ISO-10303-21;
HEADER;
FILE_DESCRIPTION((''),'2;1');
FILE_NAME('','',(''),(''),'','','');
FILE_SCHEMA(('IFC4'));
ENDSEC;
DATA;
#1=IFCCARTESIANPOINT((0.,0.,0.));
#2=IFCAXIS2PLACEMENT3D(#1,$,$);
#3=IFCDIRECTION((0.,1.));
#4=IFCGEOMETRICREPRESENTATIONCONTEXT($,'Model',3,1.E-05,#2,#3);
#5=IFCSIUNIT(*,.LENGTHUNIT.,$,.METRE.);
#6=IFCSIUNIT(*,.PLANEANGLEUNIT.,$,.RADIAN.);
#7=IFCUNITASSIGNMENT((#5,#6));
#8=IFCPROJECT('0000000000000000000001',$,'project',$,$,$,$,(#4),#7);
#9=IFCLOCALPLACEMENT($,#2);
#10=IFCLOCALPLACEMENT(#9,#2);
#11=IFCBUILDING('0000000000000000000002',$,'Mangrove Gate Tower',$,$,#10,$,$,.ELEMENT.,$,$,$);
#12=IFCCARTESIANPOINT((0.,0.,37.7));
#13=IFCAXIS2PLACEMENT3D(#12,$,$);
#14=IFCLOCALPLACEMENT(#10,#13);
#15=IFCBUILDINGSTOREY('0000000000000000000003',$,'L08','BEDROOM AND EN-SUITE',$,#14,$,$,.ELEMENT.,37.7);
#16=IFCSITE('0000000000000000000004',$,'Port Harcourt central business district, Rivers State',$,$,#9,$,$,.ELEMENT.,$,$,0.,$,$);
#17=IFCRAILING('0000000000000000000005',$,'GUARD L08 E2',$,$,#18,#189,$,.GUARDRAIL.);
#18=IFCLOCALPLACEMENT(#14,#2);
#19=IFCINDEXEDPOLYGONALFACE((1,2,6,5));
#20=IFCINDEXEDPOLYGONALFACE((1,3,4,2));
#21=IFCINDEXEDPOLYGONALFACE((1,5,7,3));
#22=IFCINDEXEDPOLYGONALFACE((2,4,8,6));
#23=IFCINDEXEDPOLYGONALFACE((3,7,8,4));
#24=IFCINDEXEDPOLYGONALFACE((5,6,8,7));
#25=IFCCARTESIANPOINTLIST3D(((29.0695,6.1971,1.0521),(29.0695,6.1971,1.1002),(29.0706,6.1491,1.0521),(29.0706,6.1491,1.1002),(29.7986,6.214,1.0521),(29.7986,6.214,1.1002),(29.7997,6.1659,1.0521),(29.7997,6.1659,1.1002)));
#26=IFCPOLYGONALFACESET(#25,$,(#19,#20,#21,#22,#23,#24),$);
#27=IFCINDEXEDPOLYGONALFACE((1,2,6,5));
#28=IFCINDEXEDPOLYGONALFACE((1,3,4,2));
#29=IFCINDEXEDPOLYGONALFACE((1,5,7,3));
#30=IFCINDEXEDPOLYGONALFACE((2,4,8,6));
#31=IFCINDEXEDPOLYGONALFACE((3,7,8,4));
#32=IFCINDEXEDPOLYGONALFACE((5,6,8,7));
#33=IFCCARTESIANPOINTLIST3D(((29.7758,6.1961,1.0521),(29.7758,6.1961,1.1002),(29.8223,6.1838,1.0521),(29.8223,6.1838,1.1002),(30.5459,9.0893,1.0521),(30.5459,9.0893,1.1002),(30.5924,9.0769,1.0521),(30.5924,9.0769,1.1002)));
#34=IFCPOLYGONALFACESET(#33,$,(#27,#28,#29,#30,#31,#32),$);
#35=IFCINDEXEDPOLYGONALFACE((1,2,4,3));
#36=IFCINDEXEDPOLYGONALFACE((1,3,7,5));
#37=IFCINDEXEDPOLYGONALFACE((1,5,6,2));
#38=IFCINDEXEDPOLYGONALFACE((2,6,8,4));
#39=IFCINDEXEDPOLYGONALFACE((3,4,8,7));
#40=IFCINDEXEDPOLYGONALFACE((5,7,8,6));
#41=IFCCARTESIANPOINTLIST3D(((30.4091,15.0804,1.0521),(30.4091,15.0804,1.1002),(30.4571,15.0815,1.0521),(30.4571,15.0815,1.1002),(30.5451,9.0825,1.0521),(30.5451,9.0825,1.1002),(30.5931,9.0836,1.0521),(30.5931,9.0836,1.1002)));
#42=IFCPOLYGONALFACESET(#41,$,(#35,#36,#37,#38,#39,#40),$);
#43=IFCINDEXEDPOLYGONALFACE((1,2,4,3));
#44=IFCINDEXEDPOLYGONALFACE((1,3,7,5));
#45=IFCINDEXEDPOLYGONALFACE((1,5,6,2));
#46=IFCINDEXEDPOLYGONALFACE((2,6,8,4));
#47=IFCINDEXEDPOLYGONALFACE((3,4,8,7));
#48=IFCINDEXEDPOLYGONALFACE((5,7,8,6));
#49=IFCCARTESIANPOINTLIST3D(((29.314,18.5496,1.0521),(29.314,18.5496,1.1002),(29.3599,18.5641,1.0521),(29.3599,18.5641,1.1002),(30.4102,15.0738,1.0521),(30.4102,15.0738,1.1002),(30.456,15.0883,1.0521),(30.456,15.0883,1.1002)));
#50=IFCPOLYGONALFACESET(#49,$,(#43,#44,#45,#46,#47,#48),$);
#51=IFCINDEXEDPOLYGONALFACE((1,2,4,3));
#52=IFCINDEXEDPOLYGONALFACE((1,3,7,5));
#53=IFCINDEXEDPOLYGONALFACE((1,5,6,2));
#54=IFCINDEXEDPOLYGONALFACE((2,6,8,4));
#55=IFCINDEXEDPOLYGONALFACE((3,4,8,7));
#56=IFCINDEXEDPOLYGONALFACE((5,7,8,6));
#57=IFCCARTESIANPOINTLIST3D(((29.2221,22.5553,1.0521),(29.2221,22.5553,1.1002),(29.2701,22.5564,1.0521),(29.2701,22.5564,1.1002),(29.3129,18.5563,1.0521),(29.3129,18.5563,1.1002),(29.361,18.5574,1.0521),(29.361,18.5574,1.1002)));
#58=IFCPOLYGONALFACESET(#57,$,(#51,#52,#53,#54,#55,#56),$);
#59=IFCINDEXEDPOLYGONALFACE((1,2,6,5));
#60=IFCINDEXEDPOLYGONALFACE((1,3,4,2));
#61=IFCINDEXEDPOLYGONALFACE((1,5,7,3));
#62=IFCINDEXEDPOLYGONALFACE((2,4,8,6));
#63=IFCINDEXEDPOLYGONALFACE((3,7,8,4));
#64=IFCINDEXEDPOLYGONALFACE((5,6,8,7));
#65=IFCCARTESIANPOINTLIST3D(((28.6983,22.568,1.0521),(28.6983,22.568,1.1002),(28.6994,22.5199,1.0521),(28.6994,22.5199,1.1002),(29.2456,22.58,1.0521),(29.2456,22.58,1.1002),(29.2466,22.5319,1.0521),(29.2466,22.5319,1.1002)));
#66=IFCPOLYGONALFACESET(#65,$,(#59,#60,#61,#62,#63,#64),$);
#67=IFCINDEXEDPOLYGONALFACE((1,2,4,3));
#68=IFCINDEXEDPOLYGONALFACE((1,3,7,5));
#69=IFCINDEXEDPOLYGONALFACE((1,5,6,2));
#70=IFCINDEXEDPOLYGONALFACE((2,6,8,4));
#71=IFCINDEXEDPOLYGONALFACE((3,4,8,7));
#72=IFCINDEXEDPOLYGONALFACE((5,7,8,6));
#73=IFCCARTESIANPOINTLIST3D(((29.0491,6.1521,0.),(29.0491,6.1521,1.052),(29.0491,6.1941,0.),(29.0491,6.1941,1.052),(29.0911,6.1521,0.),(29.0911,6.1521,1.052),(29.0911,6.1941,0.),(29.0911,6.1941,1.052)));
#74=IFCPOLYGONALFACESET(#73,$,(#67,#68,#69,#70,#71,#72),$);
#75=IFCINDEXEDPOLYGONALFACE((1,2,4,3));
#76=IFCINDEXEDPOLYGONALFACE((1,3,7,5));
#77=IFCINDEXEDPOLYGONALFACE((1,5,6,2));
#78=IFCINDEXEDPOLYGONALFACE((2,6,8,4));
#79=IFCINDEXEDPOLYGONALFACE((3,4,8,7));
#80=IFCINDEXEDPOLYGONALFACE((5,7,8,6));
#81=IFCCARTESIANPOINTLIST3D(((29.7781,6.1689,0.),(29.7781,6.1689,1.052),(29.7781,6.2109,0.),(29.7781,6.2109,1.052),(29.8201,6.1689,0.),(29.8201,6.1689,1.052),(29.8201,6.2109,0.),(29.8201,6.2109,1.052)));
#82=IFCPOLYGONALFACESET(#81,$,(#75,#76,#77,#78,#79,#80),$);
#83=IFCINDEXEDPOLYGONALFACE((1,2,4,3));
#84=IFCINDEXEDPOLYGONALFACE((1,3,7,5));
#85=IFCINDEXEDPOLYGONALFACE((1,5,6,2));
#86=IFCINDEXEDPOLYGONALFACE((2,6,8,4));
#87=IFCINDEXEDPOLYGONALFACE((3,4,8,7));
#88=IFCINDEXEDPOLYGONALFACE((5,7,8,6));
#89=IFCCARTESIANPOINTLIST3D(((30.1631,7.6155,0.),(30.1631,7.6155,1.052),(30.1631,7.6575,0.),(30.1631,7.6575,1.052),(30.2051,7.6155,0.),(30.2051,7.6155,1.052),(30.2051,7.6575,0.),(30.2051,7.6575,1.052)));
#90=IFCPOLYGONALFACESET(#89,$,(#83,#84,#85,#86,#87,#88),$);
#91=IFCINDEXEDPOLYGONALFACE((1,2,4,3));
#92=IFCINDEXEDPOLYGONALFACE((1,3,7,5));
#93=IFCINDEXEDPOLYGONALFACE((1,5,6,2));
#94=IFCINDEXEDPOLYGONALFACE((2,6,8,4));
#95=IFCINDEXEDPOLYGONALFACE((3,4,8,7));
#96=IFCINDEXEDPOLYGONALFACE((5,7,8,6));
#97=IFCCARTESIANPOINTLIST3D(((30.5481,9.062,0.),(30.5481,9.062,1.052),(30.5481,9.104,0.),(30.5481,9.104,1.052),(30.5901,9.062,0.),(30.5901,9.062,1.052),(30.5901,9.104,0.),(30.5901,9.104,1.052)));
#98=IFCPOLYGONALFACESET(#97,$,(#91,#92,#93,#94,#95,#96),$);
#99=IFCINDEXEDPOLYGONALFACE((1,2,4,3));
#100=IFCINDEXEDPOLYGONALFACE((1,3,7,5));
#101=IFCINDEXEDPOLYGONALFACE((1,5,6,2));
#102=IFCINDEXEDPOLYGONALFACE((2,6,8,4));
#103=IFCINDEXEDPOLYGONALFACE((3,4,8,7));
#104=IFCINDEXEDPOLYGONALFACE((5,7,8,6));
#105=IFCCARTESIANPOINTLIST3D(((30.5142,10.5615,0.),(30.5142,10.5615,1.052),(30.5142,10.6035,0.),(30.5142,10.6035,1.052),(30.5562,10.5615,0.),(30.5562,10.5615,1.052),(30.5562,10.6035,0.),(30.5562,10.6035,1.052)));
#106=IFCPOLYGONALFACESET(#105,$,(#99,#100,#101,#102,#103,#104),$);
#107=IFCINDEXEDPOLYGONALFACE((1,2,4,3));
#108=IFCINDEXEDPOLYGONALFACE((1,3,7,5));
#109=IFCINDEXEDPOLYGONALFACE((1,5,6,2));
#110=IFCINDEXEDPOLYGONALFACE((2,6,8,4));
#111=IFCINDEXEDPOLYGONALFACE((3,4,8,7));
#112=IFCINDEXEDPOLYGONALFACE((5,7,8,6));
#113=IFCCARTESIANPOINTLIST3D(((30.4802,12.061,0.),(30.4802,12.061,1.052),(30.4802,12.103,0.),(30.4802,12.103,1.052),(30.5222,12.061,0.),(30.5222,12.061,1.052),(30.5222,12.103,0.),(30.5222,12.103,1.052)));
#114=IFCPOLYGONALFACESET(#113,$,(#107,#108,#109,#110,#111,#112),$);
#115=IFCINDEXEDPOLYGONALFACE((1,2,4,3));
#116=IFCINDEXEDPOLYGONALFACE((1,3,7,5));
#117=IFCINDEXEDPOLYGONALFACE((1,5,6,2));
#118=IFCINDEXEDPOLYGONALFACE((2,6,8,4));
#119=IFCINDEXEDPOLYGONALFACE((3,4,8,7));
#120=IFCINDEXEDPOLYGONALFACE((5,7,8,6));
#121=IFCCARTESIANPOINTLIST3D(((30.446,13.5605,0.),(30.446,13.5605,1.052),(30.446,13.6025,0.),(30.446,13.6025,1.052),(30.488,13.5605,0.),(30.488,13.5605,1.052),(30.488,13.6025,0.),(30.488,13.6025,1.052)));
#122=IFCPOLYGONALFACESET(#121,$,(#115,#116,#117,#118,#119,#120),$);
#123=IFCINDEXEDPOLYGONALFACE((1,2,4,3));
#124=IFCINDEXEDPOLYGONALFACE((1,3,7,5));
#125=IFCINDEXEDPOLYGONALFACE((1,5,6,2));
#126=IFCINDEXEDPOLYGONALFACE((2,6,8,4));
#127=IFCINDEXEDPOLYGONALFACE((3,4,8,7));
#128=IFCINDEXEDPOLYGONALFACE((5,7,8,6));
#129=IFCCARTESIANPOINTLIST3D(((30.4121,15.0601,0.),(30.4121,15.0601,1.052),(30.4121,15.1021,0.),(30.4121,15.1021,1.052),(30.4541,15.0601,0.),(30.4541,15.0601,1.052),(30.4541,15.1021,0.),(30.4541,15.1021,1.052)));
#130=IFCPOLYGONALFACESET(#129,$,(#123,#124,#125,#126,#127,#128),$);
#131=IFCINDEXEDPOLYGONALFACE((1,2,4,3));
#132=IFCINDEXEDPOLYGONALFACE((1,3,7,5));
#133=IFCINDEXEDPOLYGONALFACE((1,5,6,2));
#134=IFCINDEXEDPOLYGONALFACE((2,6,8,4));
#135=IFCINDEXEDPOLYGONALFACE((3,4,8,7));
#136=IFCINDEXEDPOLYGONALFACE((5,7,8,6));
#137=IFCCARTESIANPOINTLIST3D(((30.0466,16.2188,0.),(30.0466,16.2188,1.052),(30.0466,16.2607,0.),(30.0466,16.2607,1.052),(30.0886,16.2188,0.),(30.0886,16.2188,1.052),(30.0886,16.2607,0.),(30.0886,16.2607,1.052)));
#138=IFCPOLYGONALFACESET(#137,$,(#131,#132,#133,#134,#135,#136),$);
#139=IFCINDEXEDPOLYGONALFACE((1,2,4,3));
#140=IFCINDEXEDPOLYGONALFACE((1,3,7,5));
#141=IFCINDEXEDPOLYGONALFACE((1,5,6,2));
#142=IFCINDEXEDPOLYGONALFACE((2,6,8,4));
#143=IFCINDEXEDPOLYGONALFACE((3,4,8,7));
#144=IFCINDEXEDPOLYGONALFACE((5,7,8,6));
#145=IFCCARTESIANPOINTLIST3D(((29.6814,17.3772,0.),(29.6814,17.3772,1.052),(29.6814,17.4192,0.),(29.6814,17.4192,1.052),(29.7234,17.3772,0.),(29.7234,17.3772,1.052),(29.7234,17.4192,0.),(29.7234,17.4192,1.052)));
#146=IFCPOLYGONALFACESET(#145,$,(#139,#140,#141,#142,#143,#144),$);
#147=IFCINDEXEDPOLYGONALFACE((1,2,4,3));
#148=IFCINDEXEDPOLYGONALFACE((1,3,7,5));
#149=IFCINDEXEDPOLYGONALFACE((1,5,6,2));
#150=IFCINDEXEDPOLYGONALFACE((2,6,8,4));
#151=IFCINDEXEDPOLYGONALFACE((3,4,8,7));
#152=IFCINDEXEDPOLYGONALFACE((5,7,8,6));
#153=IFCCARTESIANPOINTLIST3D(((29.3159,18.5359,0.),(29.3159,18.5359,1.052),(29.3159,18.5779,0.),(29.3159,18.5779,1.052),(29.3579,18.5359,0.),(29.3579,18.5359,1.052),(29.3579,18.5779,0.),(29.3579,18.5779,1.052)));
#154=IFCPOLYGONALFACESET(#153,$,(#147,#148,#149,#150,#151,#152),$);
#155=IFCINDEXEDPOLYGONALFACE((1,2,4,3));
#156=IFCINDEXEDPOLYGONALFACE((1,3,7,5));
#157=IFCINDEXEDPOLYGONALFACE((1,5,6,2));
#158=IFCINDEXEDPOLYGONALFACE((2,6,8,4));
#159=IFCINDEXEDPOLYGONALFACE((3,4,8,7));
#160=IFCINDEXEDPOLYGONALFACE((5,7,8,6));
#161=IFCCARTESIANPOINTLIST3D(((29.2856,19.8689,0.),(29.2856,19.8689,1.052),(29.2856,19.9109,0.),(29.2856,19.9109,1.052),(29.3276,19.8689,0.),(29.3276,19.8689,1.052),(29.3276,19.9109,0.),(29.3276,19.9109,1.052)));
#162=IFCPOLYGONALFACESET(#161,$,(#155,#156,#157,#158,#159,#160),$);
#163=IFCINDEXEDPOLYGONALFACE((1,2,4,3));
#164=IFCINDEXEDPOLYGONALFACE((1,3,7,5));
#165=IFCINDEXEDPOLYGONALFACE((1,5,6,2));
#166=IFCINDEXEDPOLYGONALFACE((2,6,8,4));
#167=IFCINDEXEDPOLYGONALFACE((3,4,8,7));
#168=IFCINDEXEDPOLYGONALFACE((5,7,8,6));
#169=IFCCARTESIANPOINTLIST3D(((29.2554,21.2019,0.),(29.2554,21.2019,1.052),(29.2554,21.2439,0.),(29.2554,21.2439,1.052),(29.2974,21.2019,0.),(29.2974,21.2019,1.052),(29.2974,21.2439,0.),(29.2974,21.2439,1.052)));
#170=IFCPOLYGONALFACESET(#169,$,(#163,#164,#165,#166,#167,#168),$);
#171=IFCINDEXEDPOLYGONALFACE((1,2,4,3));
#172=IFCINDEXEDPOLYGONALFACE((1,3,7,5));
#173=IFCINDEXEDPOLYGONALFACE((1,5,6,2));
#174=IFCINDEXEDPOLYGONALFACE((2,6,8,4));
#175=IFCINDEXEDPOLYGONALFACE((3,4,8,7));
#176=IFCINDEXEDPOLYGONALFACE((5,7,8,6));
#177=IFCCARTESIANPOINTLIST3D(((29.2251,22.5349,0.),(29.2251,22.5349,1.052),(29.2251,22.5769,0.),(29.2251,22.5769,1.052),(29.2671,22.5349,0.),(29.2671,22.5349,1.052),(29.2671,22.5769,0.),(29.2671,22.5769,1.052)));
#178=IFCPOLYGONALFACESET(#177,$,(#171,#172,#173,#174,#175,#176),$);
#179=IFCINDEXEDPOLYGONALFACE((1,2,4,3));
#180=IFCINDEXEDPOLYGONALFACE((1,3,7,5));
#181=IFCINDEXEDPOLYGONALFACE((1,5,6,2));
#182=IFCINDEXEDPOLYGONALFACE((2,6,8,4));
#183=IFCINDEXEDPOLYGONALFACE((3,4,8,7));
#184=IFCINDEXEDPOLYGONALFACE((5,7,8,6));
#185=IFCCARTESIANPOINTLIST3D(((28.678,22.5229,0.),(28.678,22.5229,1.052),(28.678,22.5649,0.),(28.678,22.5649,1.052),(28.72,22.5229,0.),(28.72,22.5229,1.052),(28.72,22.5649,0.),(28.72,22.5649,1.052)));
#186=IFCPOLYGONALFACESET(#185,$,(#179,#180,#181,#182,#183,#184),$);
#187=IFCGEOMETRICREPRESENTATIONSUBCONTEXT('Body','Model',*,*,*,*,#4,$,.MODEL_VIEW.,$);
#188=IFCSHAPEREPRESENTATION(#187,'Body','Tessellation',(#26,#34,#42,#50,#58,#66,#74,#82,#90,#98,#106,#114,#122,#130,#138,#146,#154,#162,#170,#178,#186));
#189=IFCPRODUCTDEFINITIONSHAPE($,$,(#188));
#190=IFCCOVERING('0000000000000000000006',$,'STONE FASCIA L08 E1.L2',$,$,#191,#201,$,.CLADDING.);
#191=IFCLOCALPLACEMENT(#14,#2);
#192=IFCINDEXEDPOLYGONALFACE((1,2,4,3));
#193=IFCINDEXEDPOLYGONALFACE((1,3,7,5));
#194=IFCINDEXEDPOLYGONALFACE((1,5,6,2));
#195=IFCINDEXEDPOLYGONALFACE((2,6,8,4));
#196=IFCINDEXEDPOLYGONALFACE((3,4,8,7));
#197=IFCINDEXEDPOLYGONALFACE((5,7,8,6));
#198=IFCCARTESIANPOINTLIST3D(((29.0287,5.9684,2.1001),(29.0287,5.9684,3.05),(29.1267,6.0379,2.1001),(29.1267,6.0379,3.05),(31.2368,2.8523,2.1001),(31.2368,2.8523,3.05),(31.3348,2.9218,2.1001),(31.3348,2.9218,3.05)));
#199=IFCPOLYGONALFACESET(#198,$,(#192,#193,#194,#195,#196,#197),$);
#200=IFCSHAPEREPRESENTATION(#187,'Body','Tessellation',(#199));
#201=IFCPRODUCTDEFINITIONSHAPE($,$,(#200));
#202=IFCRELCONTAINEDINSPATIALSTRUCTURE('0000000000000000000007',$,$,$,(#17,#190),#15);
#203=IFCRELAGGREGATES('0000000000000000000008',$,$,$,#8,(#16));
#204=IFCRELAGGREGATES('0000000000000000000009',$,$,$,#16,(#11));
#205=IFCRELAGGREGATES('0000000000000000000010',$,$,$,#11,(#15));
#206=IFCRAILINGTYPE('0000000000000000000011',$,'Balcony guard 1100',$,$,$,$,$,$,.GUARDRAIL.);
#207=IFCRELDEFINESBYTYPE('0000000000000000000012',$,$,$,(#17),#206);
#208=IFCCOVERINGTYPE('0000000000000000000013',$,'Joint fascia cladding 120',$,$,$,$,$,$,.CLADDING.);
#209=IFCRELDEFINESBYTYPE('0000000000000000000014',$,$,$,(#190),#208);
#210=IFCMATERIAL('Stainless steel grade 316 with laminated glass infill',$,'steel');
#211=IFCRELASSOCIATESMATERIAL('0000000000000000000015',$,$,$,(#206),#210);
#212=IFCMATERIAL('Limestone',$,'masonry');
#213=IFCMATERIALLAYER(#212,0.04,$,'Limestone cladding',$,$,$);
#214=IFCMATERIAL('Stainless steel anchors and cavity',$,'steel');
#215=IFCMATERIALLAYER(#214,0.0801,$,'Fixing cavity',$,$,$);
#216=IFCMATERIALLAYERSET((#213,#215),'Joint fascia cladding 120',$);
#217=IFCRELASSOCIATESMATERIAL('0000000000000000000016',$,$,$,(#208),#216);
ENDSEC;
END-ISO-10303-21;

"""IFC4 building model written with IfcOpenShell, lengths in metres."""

from ifc_helpers import new_model, si_unit, direction, frame, frame_2d, origin, origin_2d, place, context, subcontext, project, spatial, rectangle, extrude, material, layer, layer_set, type_object, element, save


model = new_model("IFC4")

# Units and contexts
model_context = context("Model", 3, precision=1e-05, world=origin(), true_north=direction((0.0, 1.0)))
body_context = subcontext(model_context, "Body", "Model", "MODEL_VIEW")
ifc_project = project(units=[si_unit("LENGTHUNIT", "METRE"), si_unit("PLANEANGLEUNIT", "RADIAN")], contexts=[model_context])

# Site, building, storey
site_placement = place(None, origin())
site = spatial("IfcSite", under=ifc_project, at=site_placement, Name="Port Harcourt central business district, Rivers State", CompositionType="ELEMENT", RefElevation=0.0)
building_placement = place(site_placement, origin())
building = spatial("IfcBuilding", under=site, at=building_placement, Name="Mangrove Gate Tower", CompositionType="ELEMENT")
storey_placement = place(building_placement, frame((0.0, 0.0, 37.7)))
storey = spatial("IfcBuildingStorey", under=building, at=storey_placement, Name="L08", Description="BEDROOM AND EN-SUITE", CompositionType="ELEMENT", Elevation=37.7)

# Shared definitions
ifc_material_1 = material(Name="Limestone", Category="masonry")

# Railing
ifc_material_2 = material(Name="Stainless steel grade 316 with laminated glass infill", Category="steel")
railing_type = type_object("IfcRailingType", Name="Balcony guard 1100", PredefinedType="GUARDRAIL", material=ifc_material_2)
railing_placement = place(storey_placement, frame((29.0701, 6.1731, 0.0)))
element("IfcRailing", 1, at=railing_placement, inside=storey, type_object=railing_type, Name="GUARD L08 E2", PredefinedType="GUARDRAIL", context=body_context, shape_type="SweptSolid", body=[
    extrude(rectangle(XDim=0.0481, YDim=0.0481, at=origin_2d()), frame((0.0, 0.0, 1.0762), z_axis=(0.999733, 0.023102, 0.0), x_axis=(-0.023102, 0.999733, 0.0)), (0.0, 0.0, 1.0), 0.7292),
    extrude(rectangle(XDim=0.0481, YDim=0.0481, at=origin_2d()), frame((0.729, 0.0168, 1.0762), z_axis=(0.257206, 0.966357, 0.0), x_axis=(-0.966357, 0.257206, 0.0)), (0.0, 0.0, 1.0), 2.9939),
    extrude(rectangle(XDim=0.0481, YDim=0.0481, at=origin_2d()), frame((1.499, 2.9099, 1.0762), z_axis=(-0.022666, 0.999743, 0.0), x_axis=(-0.999743, -0.022666, 0.0)), (0.0, 0.0, 1.0), 5.9995),
    extrude(rectangle(XDim=0.0481, YDim=0.0481, at=origin_2d()), frame((1.363, 8.908, 1.0762), z_axis=(-0.300772, 0.953696, 0.0), x_axis=(-0.953696, -0.300772, 0.0)), (0.0, 0.0, 1.0), 3.6445),
    extrude(rectangle(XDim=0.0481, YDim=0.0481, at=origin_2d()), frame((0.2668, 12.3838, 1.0762), z_axis=(-0.022705, 0.999742, 0.0), x_axis=(-0.999742, -0.022705, 0.0)), (0.0, 0.0, 1.0), 4.0),
    extrude(rectangle(XDim=0.0481, YDim=0.0481, at=origin_2d()), frame((0.176, 16.3828, 1.0762), z_axis=(-0.999761, -0.02186, 0.0), x_axis=(0.02186, -0.999761, 0.0)), (0.0, 0.0, 1.0), 0.5474),
    extrude(rectangle(XDim=0.042, YDim=0.042, at=origin_2d()), origin(), (0.0, 0.0, 1.0), 1.052),
    extrude(rectangle(XDim=0.042, YDim=0.042, at=origin_2d()), frame((0.729, 0.0168, 0.0)), (0.0, 0.0, 1.0), 1.052),
    extrude(rectangle(XDim=0.042, YDim=0.042, at=origin_2d()), frame((1.114, 1.4634, 0.0)), (0.0, 0.0, 1.0), 1.052),
    extrude(rectangle(XDim=0.042, YDim=0.042, at=origin_2d()), frame((1.499, 2.9099, 0.0)), (0.0, 0.0, 1.0), 1.052),
    extrude(rectangle(XDim=0.042, YDim=0.042, at=origin_2d()), frame((1.4651, 4.4094, 0.0)), (0.0, 0.0, 1.0), 1.052),
    extrude(rectangle(XDim=0.042, YDim=0.042, at=origin_2d()), frame((1.4312, 5.9089, 0.0)), (0.0, 0.0, 1.0), 1.052),
    extrude(rectangle(XDim=0.042, YDim=0.042, at=origin_2d()), frame((1.397, 7.4084, 0.0)), (0.0, 0.0, 1.0), 1.052),
    extrude(rectangle(XDim=0.042, YDim=0.042, at=origin_2d()), frame((1.363, 8.908, 0.0)), (0.0, 0.0, 1.0), 1.052),
    extrude(rectangle(XDim=0.042, YDim=0.042, at=origin_2d()), frame((0.9976, 10.0667, 0.0)), (0.0, 0.0, 1.0), 1.052),
    extrude(rectangle(XDim=0.042, YDim=0.042, at=origin_2d()), frame((0.6323, 11.2251, 0.0)), (0.0, 0.0, 1.0), 1.052),
    extrude(rectangle(XDim=0.042, YDim=0.042, at=origin_2d()), frame((0.2668, 12.3838, 0.0)), (0.0, 0.0, 1.0), 1.052),
    extrude(rectangle(XDim=0.042, YDim=0.042, at=origin_2d()), frame((0.2366, 13.7168, 0.0)), (0.0, 0.0, 1.0), 1.052),
    extrude(rectangle(XDim=0.042, YDim=0.042, at=origin_2d()), frame((0.2063, 15.0498, 0.0)), (0.0, 0.0, 1.0), 1.052),
    extrude(rectangle(XDim=0.042, YDim=0.042, at=origin_2d()), frame((0.176, 16.3828, 0.0)), (0.0, 0.0, 1.0), 1.052),
    extrude(rectangle(XDim=0.042, YDim=0.042, at=origin_2d()), frame((-0.3711, 16.3708, 0.0)), (0.0, 0.0, 1.0), 1.052),
])

# Covering
ifc_layer_1 = layer(ifc_material_1, 0.04, Name="Limestone cladding")
ifc_material_3 = material(Name="Stainless steel anchors and cavity", Category="steel")
ifc_layer_2 = layer(ifc_material_3, 0.0801, Name="Fixing cavity")
ifc_layer_set_1 = layer_set([ifc_layer_1, ifc_layer_2], Name="Joint fascia cladding 120")
covering_type = type_object("IfcCoveringType", Name="Joint fascia cladding 120", PredefinedType="CLADDING", material=ifc_layer_set_1)
covering_placement = place(storey_placement, frame((31.2859, 2.887, 2.1001), z_axis=(0.0, 0.0, 1.0), x_axis=(-0.578168, 0.815918, 0.0)))
element("IfcCovering", 2, at=covering_placement, inside=storey, type_object=covering_type, Name="STONE FASCIA L08 E1.L2", PredefinedType="CLADDING", context=body_context, shape_type="SweptSolid", body=[
    extrude(rectangle(XDim=3.8191, YDim=0.1201, at=frame_2d((1.9097, 0.0))), origin(), (0.0, 0.0, 1.0), 0.95),
])

save(model, "model.ifc")
